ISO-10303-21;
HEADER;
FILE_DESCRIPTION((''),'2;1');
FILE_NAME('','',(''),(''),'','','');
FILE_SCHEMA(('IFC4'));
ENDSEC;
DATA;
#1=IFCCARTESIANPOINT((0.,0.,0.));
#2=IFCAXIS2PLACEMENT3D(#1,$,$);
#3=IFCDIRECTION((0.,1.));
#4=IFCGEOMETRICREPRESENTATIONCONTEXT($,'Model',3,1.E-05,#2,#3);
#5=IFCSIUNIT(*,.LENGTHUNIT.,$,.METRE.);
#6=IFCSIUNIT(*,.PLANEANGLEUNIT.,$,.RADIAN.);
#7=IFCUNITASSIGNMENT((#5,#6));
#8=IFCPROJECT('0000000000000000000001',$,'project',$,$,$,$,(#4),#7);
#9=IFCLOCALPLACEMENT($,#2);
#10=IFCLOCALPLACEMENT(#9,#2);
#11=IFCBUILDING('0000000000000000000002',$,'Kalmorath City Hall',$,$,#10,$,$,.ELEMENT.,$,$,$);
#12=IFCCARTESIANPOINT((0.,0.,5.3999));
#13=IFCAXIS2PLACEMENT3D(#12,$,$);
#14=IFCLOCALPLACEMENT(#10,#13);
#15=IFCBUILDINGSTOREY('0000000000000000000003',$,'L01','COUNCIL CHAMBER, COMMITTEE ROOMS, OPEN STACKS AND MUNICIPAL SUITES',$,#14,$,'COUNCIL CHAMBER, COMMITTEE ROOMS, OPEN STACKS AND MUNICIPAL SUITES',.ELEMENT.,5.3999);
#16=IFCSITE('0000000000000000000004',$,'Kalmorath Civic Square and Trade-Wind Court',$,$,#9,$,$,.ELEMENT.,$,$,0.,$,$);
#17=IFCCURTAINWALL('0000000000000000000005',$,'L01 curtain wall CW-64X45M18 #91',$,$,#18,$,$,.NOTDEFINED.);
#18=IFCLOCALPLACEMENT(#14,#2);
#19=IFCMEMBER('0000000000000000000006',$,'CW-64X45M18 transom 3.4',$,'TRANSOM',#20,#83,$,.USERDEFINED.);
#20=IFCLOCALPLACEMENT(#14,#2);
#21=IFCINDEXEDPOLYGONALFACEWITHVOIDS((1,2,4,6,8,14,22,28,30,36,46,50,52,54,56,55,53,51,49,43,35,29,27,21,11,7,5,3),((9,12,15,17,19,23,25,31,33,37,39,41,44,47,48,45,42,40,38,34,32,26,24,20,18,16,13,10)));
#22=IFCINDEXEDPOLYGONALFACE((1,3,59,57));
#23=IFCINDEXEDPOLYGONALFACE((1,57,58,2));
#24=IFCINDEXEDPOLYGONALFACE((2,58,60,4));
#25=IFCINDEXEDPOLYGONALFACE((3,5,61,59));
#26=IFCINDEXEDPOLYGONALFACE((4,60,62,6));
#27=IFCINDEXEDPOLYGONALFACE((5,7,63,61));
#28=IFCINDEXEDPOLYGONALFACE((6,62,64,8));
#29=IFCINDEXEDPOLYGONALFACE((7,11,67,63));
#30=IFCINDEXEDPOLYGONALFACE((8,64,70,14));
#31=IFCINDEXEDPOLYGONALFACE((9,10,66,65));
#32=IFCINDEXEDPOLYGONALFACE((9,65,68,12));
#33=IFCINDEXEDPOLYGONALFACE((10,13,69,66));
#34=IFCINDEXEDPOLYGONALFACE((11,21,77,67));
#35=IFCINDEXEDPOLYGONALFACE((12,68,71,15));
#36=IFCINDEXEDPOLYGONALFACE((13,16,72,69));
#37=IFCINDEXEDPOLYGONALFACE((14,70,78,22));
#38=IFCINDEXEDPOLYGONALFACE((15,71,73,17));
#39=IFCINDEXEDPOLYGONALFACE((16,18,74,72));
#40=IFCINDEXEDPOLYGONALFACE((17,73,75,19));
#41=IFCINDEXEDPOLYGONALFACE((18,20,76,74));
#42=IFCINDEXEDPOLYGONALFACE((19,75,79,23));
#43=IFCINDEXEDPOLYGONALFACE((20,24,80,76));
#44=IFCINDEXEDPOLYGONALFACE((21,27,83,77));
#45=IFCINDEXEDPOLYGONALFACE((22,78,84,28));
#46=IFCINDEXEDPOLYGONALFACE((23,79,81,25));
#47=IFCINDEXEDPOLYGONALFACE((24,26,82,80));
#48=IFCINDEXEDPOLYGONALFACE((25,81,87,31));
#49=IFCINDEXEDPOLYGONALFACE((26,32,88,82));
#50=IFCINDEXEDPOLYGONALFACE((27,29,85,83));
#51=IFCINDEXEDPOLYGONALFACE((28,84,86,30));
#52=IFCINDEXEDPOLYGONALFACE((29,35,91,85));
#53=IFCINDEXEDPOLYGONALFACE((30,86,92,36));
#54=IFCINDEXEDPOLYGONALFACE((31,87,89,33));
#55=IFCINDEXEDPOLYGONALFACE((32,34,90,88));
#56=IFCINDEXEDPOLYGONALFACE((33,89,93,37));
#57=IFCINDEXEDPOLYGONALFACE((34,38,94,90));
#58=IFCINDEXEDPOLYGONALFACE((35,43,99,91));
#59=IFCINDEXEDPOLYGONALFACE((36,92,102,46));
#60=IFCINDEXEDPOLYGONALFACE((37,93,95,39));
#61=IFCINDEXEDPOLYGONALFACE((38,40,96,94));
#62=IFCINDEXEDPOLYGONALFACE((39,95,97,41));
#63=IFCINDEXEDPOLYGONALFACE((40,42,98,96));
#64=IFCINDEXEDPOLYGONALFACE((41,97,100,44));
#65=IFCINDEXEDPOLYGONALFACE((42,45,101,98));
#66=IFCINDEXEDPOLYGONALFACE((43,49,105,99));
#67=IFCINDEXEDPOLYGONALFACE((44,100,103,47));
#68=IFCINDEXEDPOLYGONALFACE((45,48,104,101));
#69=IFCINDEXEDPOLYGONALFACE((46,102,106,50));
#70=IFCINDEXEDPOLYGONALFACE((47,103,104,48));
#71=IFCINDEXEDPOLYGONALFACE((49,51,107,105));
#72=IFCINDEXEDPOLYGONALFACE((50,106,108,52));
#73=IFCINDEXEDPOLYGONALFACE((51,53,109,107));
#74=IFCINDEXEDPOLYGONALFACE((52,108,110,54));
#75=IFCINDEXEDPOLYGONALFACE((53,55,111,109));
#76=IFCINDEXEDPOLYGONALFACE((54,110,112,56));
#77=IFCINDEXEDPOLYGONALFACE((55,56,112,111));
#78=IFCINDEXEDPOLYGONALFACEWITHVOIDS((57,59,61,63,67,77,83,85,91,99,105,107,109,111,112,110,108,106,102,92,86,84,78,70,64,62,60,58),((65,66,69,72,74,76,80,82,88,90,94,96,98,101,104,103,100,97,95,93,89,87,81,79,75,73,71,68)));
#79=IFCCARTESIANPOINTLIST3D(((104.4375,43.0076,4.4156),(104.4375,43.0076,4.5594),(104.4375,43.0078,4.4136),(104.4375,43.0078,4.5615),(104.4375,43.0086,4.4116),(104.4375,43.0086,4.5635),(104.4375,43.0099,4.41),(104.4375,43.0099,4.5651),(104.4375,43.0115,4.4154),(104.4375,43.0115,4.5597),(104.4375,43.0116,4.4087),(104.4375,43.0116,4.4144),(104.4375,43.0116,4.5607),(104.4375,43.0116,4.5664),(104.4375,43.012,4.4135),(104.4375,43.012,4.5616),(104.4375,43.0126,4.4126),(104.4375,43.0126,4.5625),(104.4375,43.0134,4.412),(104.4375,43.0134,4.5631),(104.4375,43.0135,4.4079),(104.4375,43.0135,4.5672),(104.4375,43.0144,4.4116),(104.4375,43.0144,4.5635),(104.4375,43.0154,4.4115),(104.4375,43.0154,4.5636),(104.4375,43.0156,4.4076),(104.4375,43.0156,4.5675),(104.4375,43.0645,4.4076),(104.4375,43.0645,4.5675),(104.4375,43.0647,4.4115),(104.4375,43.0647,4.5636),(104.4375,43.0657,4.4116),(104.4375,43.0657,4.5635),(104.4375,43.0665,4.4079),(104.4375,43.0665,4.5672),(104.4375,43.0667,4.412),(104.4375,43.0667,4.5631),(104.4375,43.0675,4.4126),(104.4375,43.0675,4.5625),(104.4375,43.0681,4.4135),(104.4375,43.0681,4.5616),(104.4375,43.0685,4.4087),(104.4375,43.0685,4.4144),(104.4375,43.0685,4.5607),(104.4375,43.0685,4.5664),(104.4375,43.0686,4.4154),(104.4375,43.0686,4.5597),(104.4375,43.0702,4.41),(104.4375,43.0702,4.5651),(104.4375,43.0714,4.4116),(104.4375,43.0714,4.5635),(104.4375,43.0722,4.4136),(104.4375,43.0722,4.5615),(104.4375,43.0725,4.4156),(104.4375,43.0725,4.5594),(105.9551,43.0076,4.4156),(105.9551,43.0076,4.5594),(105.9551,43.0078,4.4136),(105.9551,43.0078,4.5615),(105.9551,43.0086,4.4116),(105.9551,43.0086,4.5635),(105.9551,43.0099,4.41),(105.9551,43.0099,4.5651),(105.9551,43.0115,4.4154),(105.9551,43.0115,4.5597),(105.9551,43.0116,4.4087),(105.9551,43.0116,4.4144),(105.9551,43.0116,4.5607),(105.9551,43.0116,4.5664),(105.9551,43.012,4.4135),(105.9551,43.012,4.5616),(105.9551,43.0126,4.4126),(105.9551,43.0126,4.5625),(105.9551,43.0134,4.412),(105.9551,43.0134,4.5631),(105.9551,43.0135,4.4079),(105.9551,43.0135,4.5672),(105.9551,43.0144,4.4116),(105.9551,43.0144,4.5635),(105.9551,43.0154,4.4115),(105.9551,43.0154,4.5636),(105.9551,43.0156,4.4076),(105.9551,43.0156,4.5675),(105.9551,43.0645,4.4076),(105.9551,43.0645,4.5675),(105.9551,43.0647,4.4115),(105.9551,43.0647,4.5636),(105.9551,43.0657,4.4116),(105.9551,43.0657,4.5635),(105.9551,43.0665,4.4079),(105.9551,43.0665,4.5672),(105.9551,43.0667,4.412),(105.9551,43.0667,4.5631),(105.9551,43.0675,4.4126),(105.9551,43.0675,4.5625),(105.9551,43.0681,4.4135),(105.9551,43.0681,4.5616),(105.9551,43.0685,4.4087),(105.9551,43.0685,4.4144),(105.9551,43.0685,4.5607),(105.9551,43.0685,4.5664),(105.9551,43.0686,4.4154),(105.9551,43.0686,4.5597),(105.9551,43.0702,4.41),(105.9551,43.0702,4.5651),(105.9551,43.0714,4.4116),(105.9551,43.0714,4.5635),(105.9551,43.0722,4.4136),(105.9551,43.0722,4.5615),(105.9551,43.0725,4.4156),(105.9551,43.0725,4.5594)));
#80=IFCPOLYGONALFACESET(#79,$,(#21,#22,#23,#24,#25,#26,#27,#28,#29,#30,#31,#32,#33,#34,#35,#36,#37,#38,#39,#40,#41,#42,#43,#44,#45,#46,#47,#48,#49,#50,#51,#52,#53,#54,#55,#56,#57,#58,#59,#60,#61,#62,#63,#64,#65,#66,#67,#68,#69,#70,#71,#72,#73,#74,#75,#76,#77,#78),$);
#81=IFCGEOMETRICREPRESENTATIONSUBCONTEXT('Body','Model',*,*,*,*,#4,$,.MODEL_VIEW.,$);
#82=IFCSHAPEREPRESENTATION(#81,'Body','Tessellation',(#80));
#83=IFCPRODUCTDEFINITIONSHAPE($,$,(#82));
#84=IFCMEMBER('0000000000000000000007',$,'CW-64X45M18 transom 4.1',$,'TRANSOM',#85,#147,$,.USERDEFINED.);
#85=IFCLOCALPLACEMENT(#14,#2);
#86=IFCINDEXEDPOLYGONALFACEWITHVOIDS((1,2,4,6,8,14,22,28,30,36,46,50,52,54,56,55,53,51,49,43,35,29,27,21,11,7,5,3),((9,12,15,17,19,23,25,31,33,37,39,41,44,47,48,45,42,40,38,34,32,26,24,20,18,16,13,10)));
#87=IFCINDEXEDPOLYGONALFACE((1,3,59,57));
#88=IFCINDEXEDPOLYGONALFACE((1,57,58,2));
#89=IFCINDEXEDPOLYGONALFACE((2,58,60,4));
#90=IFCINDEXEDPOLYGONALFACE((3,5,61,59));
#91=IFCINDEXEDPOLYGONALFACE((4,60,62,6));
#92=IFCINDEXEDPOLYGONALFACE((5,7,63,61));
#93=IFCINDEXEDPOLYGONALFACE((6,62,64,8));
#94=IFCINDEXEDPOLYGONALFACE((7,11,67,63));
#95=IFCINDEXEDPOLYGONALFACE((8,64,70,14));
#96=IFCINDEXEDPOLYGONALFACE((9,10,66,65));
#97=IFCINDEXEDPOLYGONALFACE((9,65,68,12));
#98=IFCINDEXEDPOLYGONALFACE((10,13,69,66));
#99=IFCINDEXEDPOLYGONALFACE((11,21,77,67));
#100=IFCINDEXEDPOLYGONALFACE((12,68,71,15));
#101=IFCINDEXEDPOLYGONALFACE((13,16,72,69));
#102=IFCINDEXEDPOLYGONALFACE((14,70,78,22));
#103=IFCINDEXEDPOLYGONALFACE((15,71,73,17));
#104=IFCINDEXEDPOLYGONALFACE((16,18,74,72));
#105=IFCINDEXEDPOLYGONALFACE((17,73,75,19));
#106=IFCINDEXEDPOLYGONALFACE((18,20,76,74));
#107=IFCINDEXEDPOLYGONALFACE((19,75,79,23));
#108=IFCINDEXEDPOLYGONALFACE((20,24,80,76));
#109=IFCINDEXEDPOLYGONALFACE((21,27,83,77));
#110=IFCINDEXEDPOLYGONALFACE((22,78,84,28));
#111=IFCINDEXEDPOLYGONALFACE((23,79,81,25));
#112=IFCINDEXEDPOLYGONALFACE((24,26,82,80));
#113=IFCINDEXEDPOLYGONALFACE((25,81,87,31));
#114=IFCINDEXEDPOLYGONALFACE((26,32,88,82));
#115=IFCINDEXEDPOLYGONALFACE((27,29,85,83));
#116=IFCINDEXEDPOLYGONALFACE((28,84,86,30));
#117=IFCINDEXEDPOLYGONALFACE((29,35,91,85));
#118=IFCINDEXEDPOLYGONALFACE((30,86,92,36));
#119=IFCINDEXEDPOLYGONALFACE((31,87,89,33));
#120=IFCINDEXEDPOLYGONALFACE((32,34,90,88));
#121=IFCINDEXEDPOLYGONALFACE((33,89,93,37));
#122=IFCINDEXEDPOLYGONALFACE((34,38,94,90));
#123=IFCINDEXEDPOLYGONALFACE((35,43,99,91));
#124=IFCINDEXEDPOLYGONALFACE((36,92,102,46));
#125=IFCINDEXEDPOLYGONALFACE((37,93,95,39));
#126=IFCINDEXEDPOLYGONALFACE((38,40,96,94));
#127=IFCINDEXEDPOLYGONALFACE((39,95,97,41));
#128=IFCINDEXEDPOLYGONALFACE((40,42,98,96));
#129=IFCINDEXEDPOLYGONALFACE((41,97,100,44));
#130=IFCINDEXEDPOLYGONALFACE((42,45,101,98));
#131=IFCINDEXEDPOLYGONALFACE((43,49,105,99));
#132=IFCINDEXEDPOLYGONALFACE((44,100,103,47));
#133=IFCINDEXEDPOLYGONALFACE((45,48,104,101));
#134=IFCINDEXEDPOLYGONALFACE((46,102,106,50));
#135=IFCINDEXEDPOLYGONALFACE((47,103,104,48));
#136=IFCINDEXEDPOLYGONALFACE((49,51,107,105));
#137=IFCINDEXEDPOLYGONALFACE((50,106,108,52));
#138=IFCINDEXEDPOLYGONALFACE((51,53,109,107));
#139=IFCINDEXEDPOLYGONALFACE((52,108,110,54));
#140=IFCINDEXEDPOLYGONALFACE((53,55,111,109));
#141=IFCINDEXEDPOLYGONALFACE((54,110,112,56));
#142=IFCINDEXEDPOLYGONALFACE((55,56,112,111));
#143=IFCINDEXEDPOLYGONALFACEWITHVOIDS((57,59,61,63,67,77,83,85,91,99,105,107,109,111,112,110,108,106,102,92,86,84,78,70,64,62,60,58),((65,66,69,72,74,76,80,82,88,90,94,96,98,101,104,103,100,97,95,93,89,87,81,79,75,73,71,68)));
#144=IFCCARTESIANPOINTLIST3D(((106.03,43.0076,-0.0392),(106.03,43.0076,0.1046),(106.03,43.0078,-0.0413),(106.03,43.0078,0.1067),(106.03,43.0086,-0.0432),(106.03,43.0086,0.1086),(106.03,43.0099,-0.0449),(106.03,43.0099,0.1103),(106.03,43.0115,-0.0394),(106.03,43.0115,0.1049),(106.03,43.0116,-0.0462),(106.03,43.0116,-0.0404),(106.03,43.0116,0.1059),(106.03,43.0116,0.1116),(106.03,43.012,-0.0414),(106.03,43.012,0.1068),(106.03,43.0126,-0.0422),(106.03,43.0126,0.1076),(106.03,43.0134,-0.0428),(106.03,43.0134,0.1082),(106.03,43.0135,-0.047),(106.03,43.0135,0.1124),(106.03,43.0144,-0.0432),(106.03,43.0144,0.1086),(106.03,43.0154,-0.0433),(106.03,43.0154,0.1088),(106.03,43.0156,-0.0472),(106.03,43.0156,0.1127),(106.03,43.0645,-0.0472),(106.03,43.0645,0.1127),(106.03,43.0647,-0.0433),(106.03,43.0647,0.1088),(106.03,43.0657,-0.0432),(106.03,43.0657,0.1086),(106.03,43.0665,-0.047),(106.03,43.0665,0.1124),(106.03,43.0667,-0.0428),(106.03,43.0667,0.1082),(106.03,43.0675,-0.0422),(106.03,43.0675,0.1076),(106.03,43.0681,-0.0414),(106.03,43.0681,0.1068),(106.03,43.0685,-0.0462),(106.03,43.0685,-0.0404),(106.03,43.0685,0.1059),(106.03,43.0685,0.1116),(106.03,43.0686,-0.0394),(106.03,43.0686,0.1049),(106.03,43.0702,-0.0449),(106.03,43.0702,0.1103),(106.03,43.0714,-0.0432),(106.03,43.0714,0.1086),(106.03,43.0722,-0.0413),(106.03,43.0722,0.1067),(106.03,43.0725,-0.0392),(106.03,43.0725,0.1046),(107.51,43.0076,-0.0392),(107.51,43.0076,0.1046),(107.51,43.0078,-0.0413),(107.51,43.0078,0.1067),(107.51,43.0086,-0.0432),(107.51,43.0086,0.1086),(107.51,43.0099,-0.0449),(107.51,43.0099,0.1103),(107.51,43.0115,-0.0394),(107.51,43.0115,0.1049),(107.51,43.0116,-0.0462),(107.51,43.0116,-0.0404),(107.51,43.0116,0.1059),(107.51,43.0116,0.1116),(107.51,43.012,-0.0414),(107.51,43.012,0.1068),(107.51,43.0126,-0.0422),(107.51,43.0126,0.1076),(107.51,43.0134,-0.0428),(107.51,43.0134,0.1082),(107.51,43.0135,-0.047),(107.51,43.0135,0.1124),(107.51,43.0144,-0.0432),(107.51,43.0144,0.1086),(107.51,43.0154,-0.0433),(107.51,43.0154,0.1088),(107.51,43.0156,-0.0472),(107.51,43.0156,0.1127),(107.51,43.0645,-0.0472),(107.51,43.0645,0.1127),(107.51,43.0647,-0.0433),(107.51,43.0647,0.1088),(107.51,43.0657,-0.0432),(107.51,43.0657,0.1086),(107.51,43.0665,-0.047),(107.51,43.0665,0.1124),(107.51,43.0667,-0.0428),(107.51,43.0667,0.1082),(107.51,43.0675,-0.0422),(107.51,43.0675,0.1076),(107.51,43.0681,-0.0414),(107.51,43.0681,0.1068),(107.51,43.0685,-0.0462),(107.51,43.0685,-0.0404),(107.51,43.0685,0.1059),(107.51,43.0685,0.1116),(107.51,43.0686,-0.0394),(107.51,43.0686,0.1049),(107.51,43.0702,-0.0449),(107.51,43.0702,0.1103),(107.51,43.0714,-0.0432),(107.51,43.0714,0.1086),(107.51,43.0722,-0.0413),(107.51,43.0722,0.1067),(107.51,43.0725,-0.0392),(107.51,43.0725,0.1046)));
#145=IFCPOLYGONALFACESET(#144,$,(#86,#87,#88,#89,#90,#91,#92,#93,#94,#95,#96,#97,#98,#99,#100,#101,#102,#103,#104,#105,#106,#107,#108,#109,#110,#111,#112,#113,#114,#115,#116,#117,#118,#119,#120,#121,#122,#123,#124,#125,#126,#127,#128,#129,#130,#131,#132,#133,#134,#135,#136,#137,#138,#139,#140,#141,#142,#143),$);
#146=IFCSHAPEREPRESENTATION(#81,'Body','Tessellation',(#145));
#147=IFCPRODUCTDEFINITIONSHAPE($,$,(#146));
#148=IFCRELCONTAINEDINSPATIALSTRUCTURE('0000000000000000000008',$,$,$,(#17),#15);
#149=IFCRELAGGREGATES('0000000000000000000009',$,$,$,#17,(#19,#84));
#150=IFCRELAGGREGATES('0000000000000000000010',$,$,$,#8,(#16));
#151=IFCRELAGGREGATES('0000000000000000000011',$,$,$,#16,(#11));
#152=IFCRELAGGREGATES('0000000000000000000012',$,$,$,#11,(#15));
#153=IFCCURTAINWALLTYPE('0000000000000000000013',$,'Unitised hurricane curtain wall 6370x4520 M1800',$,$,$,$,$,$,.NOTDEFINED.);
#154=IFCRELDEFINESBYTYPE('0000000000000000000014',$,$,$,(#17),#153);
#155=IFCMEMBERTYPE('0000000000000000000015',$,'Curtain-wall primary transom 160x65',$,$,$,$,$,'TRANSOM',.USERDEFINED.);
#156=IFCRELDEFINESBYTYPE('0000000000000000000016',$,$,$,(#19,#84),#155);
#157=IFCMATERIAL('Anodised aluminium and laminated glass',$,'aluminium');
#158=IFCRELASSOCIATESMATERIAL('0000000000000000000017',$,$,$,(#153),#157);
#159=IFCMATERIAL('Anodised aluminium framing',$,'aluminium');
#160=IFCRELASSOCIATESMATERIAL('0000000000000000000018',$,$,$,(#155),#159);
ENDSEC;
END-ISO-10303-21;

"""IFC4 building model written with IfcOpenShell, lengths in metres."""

from ifc_helpers import new_model, si_unit, direction, frame, origin, origin_2d, place, context, subcontext, project, spatial, hollow_rectangle, extrude, material, material_profile, profile_set, type_object, element, aggregate, save


model = new_model("IFC4")

# Units and contexts
model_context = context("Model", 3, precision=1e-05, world=origin(), true_north=direction((0.0, 1.0)))
body_context = subcontext(model_context, "Body", "Model", "MODEL_VIEW")
ifc_project = project(units=[si_unit("LENGTHUNIT", "METRE"), si_unit("PLANEANGLEUNIT", "RADIAN")], contexts=[model_context])

# Site, building, storey
site_placement = place(None, origin())
site = spatial("IfcSite", under=ifc_project, at=site_placement, Name="Kalmorath Civic Square and Trade-Wind Court", CompositionType="ELEMENT", RefElevation=0.0)
building_placement = place(site_placement, origin())
building = spatial("IfcBuilding", under=site, at=building_placement, Name="Kalmorath City Hall", CompositionType="ELEMENT")
storey_placement = place(building_placement, frame((0.0, 0.0, 5.3999)))
storey = spatial("IfcBuildingStorey", under=building, at=storey_placement, Name="L01", Description="COUNCIL CHAMBER, COMMITTEE ROOMS, OPEN STACKS AND MUNICIPAL SUITES", LongName="COUNCIL CHAMBER, COMMITTEE ROOMS, OPEN STACKS AND MUNICIPAL SUITES", CompositionType="ELEMENT", Elevation=5.3999)

# Curtain wall, members
ifc_material_1 = material(Name="Anodised aluminium and laminated glass", Category="aluminium")
curtain_wall_type = type_object("IfcCurtainWallType", Name="Unitised hurricane curtain wall 6370x4520 M1800", PredefinedType="NOTDEFINED", material=ifc_material_1)
curtain_wall_placement = place(storey_placement, origin())
curtain_wall = element("IfcCurtainWall", 1, at=curtain_wall_placement, inside=storey, type_object=curtain_wall_type, Name="L01 curtain wall CW-64X45M18 #91", PredefinedType="NOTDEFINED")
ifc_material_2 = material(Name="Anodised aluminium framing", Category="aluminium")
ifc_material_profile_1 = material_profile(ifc_material_2, hollow_rectangle(XDim=0.0649, YDim=0.1599, WallThickness=0.0039, InnerFilletRadius=0.0039, OuterFilletRadius=0.0081, at=origin_2d()), Name="ALU-TRN-160X65X4")
ifc_profile_set_1 = profile_set([ifc_material_profile_1], Name="Anodised aluminium framing")
member_type_1 = type_object("IfcMemberType", Name="Curtain-wall primary transom 160x65", ElementType="TRANSOM", PredefinedType="USERDEFINED", material=ifc_profile_set_1)
member_1_placement = place(storey_placement, frame((104.4375, 43.04, 4.4875), z_axis=(1.0, 0.0, 0.0), x_axis=(0.0, 1.0, 0.0)))
member_1 = element("IfcMember", 2, at=member_1_placement, type_object=member_type_1, Name="CW-64X45M18 transom 3.4", ObjectType="TRANSOM", PredefinedType="USERDEFINED", context=body_context, shape_type="SweptSolid", body=[
    extrude(hollow_rectangle(XDim=0.0649, YDim=0.1599, WallThickness=0.0039, InnerFilletRadius=0.0039, OuterFilletRadius=0.0081, at=origin_2d()), origin(), (0.0, 0.0, 1.0), 1.5176),
])
member_2_placement = place(storey_placement, frame((106.03, 43.04, 0.0327), z_axis=(1.0, 0.0, 0.0), x_axis=(0.0, 1.0, 0.0)))
member_2 = element("IfcMember", 3, at=member_2_placement, type_object=member_type_1, Name="CW-64X45M18 transom 4.1", ObjectType="TRANSOM", PredefinedType="USERDEFINED", context=body_context, shape_type="SweptSolid", body=[
    extrude(hollow_rectangle(XDim=0.0649, YDim=0.1599, WallThickness=0.0039, InnerFilletRadius=0.0039, OuterFilletRadius=0.0081, at=origin_2d()), origin(), (0.0, 0.0, 1.0), 1.48),
])
aggregate(curtain_wall, [member_1, member_2])

save(model, "model.ifc")
